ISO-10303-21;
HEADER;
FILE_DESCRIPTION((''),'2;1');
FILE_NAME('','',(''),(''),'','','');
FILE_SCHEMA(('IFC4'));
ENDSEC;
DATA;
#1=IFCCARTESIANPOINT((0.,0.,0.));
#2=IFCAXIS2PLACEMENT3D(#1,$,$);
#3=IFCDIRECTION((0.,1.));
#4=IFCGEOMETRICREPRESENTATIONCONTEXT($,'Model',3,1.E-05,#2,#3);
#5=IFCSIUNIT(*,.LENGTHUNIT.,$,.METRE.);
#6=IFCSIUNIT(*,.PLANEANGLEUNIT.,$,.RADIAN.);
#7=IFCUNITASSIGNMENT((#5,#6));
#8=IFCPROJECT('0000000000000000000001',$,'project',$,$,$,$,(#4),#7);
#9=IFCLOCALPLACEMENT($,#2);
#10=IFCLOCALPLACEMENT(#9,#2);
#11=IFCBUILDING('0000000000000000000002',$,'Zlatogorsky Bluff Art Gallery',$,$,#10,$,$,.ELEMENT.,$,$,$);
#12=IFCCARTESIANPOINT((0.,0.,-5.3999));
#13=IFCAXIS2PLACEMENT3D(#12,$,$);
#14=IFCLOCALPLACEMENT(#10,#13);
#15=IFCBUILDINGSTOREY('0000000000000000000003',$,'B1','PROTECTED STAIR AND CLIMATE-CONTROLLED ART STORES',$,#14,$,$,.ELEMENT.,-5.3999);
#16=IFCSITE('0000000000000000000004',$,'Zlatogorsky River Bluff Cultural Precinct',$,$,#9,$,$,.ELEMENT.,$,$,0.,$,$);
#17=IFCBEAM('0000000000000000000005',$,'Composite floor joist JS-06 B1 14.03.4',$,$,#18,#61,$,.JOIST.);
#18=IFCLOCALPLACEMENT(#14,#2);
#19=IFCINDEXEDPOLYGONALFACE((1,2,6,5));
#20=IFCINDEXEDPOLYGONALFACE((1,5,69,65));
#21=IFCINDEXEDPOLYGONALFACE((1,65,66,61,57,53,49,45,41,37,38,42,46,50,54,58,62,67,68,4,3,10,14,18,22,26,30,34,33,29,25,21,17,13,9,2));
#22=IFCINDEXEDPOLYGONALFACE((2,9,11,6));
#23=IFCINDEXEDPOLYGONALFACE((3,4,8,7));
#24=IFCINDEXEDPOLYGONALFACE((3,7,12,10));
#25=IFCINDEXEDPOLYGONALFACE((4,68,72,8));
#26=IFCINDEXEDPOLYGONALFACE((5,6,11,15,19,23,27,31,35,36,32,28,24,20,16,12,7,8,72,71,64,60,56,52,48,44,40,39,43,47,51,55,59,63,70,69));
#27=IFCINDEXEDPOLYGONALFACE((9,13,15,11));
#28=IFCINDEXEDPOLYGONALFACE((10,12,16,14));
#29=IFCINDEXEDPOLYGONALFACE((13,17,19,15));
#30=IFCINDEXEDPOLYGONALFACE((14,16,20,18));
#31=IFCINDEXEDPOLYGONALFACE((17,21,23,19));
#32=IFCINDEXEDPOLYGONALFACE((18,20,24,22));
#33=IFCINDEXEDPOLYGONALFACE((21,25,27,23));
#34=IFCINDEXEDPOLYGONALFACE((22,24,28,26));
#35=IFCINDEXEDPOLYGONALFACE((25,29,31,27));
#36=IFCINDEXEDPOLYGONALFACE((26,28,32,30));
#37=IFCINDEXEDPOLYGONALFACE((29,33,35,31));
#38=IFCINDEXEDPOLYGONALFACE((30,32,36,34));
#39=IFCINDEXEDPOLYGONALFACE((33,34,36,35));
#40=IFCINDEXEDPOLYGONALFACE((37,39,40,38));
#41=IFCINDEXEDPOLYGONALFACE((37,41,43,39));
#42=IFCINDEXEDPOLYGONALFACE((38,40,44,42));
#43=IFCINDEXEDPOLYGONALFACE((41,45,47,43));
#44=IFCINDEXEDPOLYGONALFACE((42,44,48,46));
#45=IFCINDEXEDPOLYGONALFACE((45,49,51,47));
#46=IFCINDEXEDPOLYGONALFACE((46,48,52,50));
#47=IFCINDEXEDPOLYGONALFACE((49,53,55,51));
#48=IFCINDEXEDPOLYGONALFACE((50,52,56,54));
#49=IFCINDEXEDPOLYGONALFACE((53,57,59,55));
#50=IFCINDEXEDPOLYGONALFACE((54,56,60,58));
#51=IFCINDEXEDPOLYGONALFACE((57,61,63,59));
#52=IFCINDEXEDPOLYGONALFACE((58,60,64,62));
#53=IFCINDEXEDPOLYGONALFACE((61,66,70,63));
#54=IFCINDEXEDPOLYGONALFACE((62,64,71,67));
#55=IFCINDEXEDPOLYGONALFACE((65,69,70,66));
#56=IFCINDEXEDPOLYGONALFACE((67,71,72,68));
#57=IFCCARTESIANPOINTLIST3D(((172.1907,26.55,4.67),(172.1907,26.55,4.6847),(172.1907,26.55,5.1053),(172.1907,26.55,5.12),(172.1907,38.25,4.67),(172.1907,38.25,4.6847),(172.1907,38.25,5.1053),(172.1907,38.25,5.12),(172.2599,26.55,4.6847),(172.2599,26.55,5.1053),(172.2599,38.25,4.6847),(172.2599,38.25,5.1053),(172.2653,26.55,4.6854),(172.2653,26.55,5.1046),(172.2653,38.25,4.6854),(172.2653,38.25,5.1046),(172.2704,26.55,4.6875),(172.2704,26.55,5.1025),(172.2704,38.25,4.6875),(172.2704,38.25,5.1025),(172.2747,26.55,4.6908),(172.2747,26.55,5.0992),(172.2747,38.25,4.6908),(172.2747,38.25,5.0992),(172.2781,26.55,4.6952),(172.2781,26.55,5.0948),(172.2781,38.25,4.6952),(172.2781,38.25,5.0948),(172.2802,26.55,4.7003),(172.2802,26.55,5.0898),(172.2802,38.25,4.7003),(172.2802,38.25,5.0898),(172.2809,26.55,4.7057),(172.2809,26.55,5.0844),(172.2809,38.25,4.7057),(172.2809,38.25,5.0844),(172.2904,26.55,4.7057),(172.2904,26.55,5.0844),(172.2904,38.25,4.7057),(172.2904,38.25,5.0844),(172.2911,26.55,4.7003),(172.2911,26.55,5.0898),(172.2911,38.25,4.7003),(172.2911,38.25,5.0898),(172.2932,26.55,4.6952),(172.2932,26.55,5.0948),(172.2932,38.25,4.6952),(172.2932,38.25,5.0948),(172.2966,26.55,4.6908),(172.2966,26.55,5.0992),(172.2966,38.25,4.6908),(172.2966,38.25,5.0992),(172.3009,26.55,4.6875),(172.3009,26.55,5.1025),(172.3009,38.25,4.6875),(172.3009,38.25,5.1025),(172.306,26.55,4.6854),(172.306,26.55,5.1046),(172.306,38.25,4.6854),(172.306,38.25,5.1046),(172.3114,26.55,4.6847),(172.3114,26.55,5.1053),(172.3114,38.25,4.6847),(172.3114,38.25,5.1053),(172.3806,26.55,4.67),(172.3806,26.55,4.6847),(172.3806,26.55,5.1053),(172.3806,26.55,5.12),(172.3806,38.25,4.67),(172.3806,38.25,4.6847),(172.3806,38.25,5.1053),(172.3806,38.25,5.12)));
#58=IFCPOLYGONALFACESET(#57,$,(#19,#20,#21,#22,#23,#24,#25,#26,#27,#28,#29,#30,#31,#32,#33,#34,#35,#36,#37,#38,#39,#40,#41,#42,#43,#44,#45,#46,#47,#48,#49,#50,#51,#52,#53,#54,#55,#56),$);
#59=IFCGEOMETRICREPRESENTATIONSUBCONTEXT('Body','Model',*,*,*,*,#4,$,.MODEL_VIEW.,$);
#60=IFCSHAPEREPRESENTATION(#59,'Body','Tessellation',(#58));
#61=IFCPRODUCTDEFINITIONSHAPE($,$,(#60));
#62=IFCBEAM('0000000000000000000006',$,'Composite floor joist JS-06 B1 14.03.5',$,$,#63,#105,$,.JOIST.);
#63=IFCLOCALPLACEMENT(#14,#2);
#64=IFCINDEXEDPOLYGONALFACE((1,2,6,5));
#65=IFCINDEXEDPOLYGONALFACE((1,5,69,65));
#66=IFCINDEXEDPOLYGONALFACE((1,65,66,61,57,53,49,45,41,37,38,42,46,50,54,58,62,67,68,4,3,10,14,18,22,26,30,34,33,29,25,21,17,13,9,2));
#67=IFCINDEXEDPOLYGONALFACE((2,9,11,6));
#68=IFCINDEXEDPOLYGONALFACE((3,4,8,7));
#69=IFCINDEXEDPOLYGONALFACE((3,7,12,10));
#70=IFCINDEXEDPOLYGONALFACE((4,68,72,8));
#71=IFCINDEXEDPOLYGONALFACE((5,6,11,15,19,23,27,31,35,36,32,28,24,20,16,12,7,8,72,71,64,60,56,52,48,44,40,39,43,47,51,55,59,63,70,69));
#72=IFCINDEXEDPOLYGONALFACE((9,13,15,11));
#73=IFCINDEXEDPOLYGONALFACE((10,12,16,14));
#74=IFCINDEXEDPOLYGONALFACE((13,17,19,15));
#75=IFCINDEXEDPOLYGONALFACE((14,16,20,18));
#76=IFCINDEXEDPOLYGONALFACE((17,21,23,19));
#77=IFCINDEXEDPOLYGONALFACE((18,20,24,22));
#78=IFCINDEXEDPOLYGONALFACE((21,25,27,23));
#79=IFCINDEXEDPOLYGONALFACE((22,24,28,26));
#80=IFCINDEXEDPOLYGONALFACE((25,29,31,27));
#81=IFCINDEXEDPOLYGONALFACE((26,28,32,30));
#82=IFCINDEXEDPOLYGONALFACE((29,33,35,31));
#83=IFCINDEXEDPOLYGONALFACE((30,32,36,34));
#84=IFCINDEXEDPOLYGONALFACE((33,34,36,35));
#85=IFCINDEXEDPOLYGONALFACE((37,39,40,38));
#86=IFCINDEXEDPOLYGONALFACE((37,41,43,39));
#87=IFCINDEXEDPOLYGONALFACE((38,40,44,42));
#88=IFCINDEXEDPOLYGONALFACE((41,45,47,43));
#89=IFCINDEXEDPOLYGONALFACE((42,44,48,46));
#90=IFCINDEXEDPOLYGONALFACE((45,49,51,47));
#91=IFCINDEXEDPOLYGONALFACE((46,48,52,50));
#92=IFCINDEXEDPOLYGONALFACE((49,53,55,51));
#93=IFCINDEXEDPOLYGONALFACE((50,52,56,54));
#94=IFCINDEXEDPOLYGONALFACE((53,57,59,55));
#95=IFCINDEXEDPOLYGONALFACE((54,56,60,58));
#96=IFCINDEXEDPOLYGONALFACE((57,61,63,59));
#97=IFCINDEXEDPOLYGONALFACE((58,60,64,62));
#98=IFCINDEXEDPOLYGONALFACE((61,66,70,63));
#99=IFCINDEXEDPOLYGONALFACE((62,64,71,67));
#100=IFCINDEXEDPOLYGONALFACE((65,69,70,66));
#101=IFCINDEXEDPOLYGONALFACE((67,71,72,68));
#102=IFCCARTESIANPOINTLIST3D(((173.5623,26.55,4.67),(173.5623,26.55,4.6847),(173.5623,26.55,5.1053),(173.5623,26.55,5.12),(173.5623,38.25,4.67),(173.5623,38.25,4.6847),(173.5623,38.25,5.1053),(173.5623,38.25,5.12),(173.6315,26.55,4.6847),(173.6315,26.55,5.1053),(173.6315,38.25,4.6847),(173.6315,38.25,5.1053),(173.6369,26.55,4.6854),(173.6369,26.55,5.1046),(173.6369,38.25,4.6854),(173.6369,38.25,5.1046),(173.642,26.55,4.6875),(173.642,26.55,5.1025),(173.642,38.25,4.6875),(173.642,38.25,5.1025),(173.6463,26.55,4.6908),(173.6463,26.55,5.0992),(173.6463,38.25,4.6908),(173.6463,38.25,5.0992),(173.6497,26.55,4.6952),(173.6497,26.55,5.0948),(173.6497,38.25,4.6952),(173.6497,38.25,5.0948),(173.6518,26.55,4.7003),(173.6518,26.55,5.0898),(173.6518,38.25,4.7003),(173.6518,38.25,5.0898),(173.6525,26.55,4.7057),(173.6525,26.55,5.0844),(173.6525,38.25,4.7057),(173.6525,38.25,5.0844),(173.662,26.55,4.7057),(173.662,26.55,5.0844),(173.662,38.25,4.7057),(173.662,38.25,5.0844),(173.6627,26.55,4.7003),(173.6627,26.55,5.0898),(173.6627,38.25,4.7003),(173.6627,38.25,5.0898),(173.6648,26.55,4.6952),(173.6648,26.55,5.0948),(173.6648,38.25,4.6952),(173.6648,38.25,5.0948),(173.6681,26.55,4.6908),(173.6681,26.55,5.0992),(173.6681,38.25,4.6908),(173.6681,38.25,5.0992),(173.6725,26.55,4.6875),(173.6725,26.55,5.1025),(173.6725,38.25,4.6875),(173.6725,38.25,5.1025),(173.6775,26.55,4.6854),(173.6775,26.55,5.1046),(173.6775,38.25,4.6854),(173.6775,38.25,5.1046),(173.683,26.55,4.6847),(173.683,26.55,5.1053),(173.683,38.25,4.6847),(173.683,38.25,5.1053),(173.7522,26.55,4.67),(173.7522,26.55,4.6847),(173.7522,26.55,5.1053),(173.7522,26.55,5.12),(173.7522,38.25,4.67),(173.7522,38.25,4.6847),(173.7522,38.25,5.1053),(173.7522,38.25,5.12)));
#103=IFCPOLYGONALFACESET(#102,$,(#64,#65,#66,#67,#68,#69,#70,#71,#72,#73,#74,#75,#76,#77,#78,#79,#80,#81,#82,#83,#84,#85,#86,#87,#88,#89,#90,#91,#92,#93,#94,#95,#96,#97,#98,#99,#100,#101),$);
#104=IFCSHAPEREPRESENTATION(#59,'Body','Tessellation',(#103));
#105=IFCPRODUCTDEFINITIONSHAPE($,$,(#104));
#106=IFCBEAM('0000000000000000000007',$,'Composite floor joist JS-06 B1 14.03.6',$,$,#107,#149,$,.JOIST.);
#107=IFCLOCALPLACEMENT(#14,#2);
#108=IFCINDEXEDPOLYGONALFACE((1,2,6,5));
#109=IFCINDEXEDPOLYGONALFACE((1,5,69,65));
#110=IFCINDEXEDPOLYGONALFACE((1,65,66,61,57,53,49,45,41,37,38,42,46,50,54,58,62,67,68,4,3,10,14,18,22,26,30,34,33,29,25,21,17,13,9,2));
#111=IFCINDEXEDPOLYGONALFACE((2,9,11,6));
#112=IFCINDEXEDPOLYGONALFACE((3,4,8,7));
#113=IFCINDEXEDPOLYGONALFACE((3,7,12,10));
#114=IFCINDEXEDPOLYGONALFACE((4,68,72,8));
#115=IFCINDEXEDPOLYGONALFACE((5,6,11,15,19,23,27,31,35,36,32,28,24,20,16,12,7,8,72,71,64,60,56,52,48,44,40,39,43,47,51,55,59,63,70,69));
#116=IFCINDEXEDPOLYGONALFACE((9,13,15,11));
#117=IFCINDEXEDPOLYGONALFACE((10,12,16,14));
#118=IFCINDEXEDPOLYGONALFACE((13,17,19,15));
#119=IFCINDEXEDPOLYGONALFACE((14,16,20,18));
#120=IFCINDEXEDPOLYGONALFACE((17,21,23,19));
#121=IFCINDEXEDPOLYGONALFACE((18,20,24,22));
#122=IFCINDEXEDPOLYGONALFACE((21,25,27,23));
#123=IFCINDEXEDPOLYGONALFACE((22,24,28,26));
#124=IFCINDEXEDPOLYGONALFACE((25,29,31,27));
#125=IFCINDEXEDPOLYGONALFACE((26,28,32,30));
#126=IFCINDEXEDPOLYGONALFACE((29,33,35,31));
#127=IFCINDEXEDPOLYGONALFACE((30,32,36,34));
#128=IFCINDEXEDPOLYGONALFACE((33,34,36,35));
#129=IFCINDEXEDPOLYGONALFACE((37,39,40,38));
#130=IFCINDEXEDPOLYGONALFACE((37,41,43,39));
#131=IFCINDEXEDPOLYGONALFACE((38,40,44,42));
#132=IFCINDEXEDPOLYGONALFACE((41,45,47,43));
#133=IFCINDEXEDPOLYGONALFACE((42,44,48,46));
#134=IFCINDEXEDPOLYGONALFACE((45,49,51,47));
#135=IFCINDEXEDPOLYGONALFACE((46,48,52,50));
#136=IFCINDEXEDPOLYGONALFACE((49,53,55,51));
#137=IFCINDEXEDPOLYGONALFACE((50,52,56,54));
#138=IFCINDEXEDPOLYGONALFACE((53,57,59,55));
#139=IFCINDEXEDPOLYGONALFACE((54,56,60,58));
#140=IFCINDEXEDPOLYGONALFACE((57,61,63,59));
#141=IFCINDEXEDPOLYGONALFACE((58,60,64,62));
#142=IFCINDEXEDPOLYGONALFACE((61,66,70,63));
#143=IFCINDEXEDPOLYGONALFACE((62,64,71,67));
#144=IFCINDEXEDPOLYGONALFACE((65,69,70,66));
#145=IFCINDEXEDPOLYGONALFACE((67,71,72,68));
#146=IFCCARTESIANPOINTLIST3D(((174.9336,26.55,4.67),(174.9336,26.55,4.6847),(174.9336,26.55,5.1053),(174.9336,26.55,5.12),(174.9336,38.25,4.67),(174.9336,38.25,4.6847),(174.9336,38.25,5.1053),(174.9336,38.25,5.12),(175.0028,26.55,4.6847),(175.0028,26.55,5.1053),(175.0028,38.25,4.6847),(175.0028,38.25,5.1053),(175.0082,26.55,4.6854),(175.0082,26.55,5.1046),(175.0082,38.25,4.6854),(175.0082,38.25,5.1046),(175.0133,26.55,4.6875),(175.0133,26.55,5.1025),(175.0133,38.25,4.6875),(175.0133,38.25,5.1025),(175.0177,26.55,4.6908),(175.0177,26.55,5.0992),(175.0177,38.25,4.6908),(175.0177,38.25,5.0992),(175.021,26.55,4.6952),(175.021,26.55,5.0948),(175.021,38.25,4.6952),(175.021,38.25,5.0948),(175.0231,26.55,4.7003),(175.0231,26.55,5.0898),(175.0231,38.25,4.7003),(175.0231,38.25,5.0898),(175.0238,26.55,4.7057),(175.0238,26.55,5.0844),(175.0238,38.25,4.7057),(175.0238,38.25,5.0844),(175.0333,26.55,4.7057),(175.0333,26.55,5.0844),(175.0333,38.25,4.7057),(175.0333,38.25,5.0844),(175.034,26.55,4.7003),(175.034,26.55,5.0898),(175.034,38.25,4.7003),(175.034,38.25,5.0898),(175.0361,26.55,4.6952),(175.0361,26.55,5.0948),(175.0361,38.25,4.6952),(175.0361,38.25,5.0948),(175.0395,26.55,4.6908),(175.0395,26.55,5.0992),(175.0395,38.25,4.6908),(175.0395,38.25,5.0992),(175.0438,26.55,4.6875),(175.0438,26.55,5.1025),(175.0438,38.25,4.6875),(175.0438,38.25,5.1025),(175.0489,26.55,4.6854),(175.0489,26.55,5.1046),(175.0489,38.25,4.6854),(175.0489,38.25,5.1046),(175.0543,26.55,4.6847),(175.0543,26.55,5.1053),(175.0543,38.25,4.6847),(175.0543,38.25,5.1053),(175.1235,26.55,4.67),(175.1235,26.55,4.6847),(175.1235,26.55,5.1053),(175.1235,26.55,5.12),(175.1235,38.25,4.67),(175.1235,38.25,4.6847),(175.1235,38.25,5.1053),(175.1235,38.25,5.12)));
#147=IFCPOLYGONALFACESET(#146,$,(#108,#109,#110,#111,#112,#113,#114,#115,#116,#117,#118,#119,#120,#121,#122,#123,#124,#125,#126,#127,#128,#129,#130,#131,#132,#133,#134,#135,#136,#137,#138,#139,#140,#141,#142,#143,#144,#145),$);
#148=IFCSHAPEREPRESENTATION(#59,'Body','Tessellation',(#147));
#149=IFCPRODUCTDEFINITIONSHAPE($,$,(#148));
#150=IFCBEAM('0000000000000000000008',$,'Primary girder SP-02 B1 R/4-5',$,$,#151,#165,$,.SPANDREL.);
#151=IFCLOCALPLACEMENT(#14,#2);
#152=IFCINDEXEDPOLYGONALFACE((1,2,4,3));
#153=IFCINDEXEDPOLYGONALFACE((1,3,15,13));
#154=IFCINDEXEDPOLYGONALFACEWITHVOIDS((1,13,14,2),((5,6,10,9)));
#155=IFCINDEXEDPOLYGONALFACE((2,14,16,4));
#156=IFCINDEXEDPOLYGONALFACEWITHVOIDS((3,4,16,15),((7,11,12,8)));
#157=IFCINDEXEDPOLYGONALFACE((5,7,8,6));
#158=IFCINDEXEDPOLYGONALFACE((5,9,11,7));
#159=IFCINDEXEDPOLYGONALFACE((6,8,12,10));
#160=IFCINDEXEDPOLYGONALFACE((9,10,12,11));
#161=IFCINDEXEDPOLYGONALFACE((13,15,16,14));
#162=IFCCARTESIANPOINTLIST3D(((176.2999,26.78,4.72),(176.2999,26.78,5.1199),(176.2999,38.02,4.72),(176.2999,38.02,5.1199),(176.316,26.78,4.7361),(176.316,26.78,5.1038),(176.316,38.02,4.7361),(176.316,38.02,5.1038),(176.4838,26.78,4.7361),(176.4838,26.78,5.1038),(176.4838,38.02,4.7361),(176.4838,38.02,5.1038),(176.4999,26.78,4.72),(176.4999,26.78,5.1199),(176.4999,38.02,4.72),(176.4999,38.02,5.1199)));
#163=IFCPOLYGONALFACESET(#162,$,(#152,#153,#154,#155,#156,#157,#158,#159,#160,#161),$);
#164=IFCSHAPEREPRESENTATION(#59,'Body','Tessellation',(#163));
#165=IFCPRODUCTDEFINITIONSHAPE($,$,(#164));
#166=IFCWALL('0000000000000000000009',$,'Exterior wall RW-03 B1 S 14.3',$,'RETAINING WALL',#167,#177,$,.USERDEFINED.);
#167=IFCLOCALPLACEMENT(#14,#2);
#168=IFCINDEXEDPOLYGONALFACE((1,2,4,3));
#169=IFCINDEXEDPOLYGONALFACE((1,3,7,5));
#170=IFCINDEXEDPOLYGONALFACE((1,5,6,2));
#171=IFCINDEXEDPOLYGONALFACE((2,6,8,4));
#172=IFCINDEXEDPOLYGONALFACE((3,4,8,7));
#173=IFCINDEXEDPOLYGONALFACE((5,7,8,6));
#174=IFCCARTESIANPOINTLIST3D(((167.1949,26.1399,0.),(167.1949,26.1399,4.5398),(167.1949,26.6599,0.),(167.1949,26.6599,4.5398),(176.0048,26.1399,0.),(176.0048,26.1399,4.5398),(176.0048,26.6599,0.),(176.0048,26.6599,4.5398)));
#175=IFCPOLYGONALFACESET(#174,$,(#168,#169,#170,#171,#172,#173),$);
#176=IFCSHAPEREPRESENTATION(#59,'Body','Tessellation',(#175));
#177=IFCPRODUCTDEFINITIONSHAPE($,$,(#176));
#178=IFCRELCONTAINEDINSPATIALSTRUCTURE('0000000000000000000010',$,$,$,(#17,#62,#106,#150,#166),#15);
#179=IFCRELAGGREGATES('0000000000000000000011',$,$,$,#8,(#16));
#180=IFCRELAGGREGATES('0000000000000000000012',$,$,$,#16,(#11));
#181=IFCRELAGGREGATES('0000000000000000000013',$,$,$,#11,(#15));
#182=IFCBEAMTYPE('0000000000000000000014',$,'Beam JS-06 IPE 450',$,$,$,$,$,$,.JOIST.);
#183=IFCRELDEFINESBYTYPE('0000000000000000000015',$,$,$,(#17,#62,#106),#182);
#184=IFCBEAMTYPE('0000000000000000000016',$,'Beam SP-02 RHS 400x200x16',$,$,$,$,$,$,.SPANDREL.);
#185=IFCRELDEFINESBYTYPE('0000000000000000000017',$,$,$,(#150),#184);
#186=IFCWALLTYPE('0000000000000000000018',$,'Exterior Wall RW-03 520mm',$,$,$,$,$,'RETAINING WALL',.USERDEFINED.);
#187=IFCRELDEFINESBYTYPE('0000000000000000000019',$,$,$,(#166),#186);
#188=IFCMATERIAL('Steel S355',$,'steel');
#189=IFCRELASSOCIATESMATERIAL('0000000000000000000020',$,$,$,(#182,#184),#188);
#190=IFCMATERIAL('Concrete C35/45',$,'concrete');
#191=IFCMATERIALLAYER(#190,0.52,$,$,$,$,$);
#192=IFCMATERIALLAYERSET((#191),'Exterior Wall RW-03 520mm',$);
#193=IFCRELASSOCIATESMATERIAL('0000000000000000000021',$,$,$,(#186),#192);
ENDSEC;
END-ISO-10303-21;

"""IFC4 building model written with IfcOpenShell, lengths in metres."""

from ifc_helpers import new_model, si_unit, direction, frame, frame_2d, origin, origin_2d, place, context, subcontext, project, spatial, rectangle, hollow_rectangle, i_section, extrude, material, layer, layer_set, material_profile, profile_set, type_object, element, save


model = new_model("IFC4")

# Units and contexts
model_context = context("Model", 3, precision=1e-05, world=origin(), true_north=direction((0.0, 1.0)))
body_context = subcontext(model_context, "Body", "Model", "MODEL_VIEW")
ifc_project = project(units=[si_unit("LENGTHUNIT", "METRE"), si_unit("PLANEANGLEUNIT", "RADIAN")], contexts=[model_context])

# Site, building, storey
site_placement = place(None, origin())
site = spatial("IfcSite", under=ifc_project, at=site_placement, Name="Zlatogorsky River Bluff Cultural Precinct", CompositionType="ELEMENT", RefElevation=0.0)
building_placement = place(site_placement, origin())
building = spatial("IfcBuilding", under=site, at=building_placement, Name="Zlatogorsky Bluff Art Gallery", CompositionType="ELEMENT")
storey_placement = place(building_placement, frame((0.0, 0.0, -5.3999)))
storey = spatial("IfcBuildingStorey", under=building, at=storey_placement, Name="B1", Description="PROTECTED STAIR AND CLIMATE-CONTROLLED ART STORES", CompositionType="ELEMENT", Elevation=-5.3999)

# Shared definitions
ifc_material_1 = material(Name="Concrete C35/45", Category="concrete")

# Beams
ifc_material_2 = material(Name="Steel S355", Category="steel")
ifc_material_profile_1 = material_profile(ifc_material_2, i_section(OverallWidth=0.1899, OverallDepth=0.45, WebThickness=0.0095, FlangeThickness=0.0146, FilletRadius=0.021, at=origin_2d()), Name="IPE 450")
ifc_profile_set_1 = profile_set([ifc_material_profile_1], Name="Steel S355")
beam_type_1 = type_object("IfcBeamType", Name="Beam JS-06 IPE 450", PredefinedType="JOIST", material=ifc_profile_set_1)
for number, where, z_axis, x_axis, name in (
    (1, (172.2856, 26.55, 4.895), (0.0, 1.0, 0.0), (-1.0, 0.0, 0.0), "Composite floor joist JS-06 B1 14.03.4"),
    (2, (173.6572, 26.55, 4.895), (0.0, 1.0, 0.0), (-1.0, 0.0, 0.0), "Composite floor joist JS-06 B1 14.03.5"),
    (3, (175.0286, 26.55, 4.895), (0.0, 1.0, 0.0), (-1.0, 0.0, 0.0), "Composite floor joist JS-06 B1 14.03.6"),
):
    element("IfcBeam", number, at=place(storey_placement, frame(where, z_axis=z_axis, x_axis=x_axis)), inside=storey, type_object=beam_type_1, Name=name, PredefinedType="JOIST", context=body_context, shape_type="SweptSolid", body=[
        extrude(i_section(OverallWidth=0.1899, OverallDepth=0.45, WebThickness=0.0095, FlangeThickness=0.0146, FilletRadius=0.021, at=origin_2d()), origin(), (0.0, 0.0, 1.0), 11.7),
    ])
ifc_material_profile_2 = material_profile(ifc_material_2, hollow_rectangle(XDim=0.2, YDim=0.3999, WallThickness=0.0161, at=origin_2d()), Name="RHS 400x200x16")
ifc_profile_set_2 = profile_set([ifc_material_profile_2], Name="Steel S355")
beam_type_2 = type_object("IfcBeamType", Name="Beam SP-02 RHS 400x200x16", PredefinedType="SPANDREL", material=ifc_profile_set_2)
beam_1_placement = place(storey_placement, frame((176.3999, 26.78, 4.9199), z_axis=(0.0, 1.0, 0.0), x_axis=(-1.0, 0.0, 0.0)))
element("IfcBeam", 4, at=beam_1_placement, inside=storey, type_object=beam_type_2, Name="Primary girder SP-02 B1 R/4-5", PredefinedType="SPANDREL", context=body_context, shape_type="SweptSolid", body=[
    extrude(hollow_rectangle(XDim=0.2, YDim=0.3999, WallThickness=0.0161, at=origin_2d()), origin(), (0.0, 0.0, 1.0), 11.24),
])

# Wall
ifc_layer = layer(ifc_material_1, 0.52)
ifc_layer_set = layer_set([ifc_layer], Name="Exterior Wall RW-03 520mm")
wall_type = type_object("IfcWallType", Name="Exterior Wall RW-03 520mm", ElementType="RETAINING WALL", PredefinedType="USERDEFINED", material=ifc_layer_set)
wall_1_placement = place(storey_placement, frame((167.1951, 26.3999, 0.0), z_axis=(0.0, 0.0, 1.0), x_axis=(1.0, 0.0, 0.0)))
element("IfcWall", 5, at=wall_1_placement, inside=storey, type_object=wall_type, Name="Exterior wall RW-03 B1 S 14.3", ObjectType="RETAINING WALL", PredefinedType="USERDEFINED", context=body_context, shape_type="SweptSolid", body=[
    extrude(rectangle(XDim=8.8098, YDim=0.52, at=frame_2d((4.4048, 0.0))), origin(), (0.0, 0.0, 1.0), 4.5398),
])

save(model, "model.ifc")
